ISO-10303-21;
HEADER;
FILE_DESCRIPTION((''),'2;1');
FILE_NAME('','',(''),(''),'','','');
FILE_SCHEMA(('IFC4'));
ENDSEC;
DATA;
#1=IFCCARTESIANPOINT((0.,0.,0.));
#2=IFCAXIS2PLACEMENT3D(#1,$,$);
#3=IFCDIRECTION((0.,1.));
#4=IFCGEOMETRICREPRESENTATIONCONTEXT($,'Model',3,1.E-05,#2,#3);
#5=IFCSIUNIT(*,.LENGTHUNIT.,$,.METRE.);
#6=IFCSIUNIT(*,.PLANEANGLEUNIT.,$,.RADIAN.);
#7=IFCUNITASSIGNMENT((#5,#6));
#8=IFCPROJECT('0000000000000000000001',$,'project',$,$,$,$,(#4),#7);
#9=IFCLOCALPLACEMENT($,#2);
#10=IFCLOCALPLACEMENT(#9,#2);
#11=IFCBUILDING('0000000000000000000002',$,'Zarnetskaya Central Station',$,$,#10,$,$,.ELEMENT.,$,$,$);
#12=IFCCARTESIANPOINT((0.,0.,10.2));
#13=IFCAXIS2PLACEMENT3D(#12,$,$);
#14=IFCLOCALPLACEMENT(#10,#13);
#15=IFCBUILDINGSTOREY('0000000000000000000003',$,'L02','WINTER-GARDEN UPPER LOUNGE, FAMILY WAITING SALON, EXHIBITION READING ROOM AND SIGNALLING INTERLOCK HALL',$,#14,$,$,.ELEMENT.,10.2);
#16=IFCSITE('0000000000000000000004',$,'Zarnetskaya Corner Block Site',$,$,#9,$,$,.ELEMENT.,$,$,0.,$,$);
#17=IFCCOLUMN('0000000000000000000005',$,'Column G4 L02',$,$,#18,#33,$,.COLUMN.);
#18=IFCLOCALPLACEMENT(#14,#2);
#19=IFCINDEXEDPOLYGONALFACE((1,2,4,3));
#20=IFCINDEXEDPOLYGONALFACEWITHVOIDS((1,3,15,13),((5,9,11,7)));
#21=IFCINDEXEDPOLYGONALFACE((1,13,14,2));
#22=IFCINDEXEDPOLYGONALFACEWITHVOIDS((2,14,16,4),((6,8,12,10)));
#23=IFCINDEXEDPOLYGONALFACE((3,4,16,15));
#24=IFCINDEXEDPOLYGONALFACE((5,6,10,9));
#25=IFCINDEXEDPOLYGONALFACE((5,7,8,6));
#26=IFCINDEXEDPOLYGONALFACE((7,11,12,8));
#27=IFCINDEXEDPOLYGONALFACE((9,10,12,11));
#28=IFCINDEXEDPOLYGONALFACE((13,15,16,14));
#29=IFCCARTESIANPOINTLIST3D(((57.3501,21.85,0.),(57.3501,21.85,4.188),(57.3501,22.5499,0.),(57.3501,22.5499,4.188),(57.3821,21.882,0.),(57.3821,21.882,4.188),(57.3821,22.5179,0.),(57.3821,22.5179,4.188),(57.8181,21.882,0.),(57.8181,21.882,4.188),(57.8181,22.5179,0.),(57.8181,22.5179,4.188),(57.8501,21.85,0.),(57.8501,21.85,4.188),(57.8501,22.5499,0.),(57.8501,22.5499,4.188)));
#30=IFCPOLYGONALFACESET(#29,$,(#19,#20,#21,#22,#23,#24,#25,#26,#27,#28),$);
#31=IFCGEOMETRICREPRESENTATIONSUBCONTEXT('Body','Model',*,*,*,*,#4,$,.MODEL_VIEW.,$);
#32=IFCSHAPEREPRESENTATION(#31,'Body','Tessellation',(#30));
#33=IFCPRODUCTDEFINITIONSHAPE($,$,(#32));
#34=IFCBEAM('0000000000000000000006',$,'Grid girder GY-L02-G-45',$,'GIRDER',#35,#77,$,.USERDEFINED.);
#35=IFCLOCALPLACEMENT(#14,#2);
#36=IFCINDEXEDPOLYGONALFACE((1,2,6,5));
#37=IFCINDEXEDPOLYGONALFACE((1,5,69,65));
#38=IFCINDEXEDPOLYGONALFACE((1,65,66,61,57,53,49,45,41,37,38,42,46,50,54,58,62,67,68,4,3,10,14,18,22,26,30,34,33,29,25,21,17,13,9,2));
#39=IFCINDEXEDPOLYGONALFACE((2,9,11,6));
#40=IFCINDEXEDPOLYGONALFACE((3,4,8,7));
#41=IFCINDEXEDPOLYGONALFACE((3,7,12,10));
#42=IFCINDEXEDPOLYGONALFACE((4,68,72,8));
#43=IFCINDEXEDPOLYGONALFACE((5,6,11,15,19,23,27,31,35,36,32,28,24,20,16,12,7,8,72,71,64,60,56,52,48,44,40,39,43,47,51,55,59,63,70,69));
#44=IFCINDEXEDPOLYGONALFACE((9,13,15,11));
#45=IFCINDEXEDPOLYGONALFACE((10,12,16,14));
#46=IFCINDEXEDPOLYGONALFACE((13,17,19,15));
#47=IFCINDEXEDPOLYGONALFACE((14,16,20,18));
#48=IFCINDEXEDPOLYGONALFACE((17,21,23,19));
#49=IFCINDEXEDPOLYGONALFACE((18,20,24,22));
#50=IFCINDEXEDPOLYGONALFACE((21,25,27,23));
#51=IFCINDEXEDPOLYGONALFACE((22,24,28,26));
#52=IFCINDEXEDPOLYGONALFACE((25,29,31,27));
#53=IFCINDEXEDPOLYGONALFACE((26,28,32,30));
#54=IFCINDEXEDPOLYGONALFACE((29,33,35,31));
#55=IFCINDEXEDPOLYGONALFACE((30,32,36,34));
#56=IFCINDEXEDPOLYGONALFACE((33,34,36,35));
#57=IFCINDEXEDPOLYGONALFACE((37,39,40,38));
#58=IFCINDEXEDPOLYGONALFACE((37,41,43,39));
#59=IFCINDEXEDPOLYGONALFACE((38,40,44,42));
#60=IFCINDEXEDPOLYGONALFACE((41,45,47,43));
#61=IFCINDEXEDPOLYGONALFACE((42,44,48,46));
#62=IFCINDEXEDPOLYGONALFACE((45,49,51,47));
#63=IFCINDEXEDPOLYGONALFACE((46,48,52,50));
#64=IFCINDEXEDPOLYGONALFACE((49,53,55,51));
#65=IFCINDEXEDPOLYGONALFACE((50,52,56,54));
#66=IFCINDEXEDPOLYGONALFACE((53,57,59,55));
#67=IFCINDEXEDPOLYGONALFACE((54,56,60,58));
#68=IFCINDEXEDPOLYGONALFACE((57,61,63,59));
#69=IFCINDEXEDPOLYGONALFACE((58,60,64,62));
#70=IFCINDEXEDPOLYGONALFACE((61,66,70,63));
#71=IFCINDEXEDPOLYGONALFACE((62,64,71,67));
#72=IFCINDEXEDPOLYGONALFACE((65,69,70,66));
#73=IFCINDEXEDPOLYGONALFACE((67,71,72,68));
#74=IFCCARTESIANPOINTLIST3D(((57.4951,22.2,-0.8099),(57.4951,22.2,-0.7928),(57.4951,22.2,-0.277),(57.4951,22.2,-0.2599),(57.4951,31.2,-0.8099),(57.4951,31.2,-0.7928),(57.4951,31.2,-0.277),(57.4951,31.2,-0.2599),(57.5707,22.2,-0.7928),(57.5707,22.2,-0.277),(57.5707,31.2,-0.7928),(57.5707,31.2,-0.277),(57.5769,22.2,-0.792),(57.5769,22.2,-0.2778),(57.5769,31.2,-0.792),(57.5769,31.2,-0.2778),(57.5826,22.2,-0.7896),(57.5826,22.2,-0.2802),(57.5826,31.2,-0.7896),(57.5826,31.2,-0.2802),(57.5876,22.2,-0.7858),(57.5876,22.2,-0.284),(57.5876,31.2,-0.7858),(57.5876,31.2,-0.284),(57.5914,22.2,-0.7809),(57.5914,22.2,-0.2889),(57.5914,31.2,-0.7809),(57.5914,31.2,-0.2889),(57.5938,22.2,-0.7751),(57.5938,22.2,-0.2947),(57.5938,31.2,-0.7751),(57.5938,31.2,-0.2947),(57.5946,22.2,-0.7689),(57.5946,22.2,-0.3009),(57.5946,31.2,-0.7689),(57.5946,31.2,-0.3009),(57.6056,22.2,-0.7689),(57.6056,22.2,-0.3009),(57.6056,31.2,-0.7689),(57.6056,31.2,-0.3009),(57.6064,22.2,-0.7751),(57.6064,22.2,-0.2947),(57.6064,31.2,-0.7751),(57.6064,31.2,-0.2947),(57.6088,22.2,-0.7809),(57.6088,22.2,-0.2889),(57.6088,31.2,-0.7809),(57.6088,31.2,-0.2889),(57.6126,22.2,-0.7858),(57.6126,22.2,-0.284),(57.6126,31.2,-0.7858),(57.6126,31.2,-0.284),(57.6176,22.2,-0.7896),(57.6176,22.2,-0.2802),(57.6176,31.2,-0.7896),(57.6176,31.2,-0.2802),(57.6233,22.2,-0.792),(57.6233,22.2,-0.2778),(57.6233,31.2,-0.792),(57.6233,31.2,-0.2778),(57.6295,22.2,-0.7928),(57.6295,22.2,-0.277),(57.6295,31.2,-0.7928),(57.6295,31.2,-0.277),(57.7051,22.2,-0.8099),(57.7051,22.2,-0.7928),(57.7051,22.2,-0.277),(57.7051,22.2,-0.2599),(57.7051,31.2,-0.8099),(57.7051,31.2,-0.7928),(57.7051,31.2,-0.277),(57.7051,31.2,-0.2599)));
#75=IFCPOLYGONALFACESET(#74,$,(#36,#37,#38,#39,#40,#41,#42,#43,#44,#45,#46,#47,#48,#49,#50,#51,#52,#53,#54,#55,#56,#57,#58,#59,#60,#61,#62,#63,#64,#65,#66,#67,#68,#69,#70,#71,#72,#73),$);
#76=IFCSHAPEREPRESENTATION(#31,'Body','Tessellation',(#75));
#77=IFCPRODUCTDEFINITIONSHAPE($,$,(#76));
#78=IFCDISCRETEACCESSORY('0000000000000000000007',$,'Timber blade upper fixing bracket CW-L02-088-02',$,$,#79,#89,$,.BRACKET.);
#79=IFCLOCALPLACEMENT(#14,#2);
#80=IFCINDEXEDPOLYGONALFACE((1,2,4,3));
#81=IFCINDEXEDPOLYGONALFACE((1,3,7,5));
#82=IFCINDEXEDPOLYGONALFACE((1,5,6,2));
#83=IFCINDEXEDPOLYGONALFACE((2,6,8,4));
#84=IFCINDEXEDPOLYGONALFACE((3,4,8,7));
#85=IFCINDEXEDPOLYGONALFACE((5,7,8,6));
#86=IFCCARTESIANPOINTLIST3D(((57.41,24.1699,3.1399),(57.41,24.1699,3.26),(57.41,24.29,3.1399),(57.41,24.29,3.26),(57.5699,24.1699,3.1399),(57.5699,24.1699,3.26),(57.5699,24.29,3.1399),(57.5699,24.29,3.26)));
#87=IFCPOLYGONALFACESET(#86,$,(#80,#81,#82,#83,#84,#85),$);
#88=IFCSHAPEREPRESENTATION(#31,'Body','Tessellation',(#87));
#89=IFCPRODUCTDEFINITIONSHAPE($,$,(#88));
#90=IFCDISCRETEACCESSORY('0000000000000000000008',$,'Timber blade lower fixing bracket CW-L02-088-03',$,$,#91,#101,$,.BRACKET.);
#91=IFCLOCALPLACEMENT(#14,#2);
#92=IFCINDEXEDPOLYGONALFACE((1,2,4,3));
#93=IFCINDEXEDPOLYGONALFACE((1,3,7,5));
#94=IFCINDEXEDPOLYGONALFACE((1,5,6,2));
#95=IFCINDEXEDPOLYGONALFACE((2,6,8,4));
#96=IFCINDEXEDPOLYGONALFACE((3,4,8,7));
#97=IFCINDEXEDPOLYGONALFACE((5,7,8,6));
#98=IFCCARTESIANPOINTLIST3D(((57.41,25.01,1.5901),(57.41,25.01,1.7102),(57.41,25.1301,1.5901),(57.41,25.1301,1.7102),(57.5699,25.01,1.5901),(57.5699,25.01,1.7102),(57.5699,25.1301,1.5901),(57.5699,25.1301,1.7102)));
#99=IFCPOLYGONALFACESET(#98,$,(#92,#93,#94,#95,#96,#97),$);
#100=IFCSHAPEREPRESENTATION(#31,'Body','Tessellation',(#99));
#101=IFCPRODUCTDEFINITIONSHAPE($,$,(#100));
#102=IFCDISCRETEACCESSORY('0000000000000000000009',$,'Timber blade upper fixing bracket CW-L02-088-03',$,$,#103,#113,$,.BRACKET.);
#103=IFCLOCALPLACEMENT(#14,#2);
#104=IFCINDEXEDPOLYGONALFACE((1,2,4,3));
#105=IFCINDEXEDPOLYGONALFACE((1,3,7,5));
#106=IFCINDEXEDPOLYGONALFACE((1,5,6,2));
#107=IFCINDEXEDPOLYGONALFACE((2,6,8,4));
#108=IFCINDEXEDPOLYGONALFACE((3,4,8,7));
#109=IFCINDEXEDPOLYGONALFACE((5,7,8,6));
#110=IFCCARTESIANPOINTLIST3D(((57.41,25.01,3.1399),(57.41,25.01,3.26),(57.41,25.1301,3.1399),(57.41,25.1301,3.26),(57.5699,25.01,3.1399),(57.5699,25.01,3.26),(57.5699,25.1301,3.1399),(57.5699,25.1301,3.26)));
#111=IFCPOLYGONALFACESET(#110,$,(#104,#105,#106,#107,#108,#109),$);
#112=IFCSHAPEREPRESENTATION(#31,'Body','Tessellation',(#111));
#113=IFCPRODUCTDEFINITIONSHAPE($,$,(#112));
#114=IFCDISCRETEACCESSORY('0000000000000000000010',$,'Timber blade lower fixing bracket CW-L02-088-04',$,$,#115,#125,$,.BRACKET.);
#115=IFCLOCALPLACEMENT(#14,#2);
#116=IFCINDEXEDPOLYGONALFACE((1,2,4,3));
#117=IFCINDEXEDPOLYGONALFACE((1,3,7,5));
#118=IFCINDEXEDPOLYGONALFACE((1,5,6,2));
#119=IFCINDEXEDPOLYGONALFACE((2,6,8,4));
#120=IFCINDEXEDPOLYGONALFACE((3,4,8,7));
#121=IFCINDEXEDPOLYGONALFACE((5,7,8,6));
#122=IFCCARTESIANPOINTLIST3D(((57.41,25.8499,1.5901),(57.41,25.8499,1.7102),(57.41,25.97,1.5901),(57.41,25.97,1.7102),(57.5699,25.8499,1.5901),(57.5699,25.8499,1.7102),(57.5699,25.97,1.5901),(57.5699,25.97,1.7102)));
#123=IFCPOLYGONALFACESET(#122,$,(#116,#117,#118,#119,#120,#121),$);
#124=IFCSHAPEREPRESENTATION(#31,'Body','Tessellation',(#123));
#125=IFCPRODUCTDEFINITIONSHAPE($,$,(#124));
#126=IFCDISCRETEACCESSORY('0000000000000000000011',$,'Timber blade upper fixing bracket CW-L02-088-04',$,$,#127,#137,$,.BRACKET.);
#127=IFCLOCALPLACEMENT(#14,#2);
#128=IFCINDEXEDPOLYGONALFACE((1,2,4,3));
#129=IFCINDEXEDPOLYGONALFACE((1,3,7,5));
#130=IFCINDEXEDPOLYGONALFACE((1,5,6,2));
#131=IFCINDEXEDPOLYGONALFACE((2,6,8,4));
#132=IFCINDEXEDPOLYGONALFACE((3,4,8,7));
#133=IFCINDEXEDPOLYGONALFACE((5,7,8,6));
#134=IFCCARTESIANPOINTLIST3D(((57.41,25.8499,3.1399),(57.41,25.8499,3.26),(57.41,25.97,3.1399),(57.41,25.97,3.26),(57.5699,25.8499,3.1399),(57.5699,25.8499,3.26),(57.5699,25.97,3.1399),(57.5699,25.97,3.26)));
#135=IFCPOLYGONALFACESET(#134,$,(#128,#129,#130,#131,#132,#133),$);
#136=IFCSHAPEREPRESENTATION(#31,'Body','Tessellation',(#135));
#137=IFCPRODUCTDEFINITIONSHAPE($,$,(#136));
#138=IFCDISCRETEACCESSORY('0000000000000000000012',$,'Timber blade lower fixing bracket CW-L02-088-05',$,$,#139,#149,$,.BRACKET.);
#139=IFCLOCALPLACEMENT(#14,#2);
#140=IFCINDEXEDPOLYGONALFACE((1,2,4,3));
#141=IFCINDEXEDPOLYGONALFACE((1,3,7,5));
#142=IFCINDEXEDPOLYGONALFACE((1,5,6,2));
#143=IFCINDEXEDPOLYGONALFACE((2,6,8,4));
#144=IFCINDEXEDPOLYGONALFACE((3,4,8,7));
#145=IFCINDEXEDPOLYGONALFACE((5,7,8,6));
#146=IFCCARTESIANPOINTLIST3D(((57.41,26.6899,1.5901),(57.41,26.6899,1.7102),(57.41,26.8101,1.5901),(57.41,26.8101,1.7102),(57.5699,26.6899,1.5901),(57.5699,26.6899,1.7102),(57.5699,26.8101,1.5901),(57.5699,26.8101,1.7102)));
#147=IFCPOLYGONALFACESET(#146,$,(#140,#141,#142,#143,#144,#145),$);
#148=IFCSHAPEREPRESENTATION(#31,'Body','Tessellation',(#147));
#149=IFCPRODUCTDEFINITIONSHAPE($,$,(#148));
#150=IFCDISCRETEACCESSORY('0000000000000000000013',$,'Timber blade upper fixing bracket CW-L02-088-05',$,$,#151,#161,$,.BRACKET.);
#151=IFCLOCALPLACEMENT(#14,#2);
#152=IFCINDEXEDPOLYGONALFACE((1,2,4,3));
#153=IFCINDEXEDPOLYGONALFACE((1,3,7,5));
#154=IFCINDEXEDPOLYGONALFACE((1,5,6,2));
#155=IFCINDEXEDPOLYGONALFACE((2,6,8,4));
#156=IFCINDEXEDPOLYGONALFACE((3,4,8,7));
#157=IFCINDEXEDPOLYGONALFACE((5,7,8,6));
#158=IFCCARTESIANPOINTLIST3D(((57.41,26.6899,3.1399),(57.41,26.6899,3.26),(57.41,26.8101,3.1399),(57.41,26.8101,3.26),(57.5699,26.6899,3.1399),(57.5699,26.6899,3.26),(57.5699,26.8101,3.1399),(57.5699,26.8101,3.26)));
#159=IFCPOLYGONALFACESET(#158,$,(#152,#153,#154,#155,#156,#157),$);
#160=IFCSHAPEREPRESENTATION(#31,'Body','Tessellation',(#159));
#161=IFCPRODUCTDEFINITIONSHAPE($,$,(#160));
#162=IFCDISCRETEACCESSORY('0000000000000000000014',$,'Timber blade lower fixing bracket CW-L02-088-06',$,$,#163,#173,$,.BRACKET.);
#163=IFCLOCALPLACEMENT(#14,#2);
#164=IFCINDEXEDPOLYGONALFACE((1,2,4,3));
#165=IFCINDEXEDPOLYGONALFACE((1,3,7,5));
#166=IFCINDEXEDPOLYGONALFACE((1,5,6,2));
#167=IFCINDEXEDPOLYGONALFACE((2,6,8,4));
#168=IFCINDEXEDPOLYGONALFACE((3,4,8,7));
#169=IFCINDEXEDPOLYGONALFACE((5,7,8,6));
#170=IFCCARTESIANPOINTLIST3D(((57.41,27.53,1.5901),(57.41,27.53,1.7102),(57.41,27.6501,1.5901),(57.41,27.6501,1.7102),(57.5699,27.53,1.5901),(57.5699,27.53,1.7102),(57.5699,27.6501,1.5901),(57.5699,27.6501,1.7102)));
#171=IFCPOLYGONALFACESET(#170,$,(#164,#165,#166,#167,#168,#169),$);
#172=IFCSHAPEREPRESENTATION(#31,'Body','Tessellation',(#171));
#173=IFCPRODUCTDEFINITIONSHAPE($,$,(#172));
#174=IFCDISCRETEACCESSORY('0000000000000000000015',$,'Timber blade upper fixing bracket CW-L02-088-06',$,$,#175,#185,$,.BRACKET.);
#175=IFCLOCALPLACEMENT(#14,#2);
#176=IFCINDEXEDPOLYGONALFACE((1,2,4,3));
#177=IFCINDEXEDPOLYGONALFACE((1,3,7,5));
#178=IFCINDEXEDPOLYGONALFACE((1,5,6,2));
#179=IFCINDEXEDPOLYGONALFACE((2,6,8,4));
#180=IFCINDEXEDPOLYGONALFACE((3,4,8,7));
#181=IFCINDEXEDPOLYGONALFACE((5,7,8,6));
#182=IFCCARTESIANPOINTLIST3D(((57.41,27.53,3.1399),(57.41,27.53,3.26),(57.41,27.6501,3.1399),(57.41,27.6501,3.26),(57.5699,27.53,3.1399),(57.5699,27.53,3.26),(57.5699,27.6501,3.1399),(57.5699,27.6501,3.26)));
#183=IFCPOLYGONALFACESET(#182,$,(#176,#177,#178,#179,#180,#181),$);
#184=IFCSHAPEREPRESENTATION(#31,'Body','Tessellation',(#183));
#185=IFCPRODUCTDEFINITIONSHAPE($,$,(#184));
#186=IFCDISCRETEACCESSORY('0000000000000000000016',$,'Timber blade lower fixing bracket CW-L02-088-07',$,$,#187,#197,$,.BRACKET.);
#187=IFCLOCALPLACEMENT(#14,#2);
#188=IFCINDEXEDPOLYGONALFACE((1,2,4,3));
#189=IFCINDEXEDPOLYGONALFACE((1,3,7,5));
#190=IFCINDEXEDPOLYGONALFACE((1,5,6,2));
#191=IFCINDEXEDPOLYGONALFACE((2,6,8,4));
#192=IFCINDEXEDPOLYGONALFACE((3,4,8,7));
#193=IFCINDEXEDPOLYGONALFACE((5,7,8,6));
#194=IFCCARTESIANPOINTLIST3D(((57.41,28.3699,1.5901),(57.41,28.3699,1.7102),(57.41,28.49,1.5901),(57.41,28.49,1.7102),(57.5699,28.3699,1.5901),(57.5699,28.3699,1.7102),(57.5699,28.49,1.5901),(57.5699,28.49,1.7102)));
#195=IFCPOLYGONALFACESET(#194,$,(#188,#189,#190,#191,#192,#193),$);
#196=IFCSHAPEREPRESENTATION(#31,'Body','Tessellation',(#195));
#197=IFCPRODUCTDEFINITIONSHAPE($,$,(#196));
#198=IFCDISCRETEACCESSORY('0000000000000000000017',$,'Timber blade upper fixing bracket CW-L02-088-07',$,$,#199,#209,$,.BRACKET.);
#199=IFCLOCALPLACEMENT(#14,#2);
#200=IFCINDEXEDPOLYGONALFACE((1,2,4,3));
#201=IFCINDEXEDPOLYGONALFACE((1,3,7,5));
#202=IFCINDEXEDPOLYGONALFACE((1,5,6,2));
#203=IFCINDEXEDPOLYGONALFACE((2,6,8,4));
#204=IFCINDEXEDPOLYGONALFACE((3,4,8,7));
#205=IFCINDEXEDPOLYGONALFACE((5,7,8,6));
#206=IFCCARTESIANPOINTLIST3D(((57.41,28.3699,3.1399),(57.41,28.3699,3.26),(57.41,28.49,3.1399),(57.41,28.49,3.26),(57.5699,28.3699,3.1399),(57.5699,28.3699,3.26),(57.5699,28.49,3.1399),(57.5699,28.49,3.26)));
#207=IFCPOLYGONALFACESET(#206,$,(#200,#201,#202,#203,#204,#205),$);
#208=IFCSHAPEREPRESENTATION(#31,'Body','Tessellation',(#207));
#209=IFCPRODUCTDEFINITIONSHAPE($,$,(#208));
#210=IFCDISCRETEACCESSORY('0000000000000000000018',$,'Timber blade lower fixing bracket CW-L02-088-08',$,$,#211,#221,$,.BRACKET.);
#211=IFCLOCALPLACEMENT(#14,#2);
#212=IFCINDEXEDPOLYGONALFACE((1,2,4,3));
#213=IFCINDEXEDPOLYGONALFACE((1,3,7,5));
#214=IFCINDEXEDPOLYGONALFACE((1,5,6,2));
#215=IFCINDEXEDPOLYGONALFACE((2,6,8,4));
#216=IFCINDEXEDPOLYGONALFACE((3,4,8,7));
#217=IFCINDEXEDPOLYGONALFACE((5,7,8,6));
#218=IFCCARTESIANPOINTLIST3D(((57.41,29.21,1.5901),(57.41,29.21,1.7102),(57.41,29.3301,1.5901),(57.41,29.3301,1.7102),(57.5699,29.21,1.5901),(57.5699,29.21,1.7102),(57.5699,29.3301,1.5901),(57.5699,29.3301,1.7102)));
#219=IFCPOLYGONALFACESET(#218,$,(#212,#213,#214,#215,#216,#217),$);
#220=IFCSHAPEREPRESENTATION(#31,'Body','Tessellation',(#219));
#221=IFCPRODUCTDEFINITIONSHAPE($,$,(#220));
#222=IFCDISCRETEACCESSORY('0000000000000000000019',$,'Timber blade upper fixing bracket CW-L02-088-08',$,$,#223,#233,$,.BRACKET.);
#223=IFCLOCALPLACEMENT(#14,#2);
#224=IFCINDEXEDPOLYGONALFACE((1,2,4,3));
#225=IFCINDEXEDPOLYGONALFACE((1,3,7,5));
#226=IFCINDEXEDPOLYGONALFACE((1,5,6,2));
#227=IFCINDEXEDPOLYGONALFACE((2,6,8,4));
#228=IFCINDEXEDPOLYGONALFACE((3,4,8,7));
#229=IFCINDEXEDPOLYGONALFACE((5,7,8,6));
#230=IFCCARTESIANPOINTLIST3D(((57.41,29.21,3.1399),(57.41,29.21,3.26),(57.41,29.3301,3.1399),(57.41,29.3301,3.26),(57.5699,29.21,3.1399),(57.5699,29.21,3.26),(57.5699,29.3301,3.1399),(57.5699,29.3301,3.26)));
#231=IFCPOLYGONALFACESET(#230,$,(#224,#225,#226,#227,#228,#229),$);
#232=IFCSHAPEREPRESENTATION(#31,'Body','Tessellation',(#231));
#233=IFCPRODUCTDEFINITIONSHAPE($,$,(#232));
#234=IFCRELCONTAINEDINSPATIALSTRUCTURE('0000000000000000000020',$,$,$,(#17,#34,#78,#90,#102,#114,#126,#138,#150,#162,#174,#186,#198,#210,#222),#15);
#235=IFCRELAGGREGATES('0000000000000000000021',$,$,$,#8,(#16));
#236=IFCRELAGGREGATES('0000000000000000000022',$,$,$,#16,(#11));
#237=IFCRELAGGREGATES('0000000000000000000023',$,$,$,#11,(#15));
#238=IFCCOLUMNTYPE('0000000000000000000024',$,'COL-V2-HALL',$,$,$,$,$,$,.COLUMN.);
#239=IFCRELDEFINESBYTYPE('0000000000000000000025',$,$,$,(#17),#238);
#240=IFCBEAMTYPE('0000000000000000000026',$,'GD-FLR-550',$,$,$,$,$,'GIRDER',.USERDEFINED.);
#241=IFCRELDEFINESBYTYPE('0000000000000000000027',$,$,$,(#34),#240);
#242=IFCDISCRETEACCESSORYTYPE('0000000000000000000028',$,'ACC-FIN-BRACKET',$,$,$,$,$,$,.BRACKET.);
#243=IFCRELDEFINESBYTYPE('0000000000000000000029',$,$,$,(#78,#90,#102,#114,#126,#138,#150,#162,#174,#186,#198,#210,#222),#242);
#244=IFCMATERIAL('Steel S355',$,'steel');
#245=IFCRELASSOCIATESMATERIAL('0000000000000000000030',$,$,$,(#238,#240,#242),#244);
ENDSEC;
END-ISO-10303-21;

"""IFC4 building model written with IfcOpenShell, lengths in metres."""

from ifc_helpers import new_model, si_unit, direction, frame, origin, origin_2d, place, context, subcontext, project, spatial, rectangle, hollow_rectangle, i_section, extrude, material, material_profile, profile_set, type_object, element, save


model = new_model("IFC4")

# Units and contexts
model_context = context("Model", 3, precision=1e-05, world=origin(), true_north=direction((0.0, 1.0)))
body_context = subcontext(model_context, "Body", "Model", "MODEL_VIEW")
ifc_project = project(units=[si_unit("LENGTHUNIT", "METRE"), si_unit("PLANEANGLEUNIT", "RADIAN")], contexts=[model_context])

# Site, building, storey
site_placement = place(None, origin())
site = spatial("IfcSite", under=ifc_project, at=site_placement, Name="Zarnetskaya Corner Block Site", CompositionType="ELEMENT", RefElevation=0.0)
building_placement = place(site_placement, origin())
building = spatial("IfcBuilding", under=site, at=building_placement, Name="Zarnetskaya Central Station", CompositionType="ELEMENT")
storey_placement = place(building_placement, frame((0.0, 0.0, 10.2)))
storey = spatial("IfcBuildingStorey", under=building, at=storey_placement, Name="L02", Description="WINTER-GARDEN UPPER LOUNGE, FAMILY WAITING SALON, EXHIBITION READING ROOM AND SIGNALLING INTERLOCK HALL", CompositionType="ELEMENT", Elevation=10.2)

# Column
ifc_material = material(Name="Steel S355", Category="steel")
ifc_material_profile_1 = material_profile(ifc_material, hollow_rectangle(XDim=0.5, YDim=0.7, WallThickness=0.032, at=origin_2d()), Name="BOX 700x500x32")
ifc_profile_set_1 = profile_set([ifc_material_profile_1], Name="Steel S355")
column_type = type_object("IfcColumnType", Name="COL-V2-HALL", PredefinedType="COLUMN", material=ifc_profile_set_1)
column_placement = place(storey_placement, frame((57.6001, 22.2, 0.0), z_axis=(0.0, 0.0, 1.0), x_axis=(1.0, 0.0, 0.0)))
element("IfcColumn", 1, at=column_placement, inside=storey, type_object=column_type, Name="Column G4 L02", PredefinedType="COLUMN", context=body_context, shape_type="SweptSolid", body=[
    extrude(hollow_rectangle(XDim=0.5, YDim=0.7, WallThickness=0.032, at=origin_2d()), origin(), (0.0, 0.0, 1.0), 4.188),
])

# Beam
ifc_material_profile_2 = material_profile(ifc_material, i_section(OverallWidth=0.21, OverallDepth=0.55, WebThickness=0.011, FlangeThickness=0.0171, FilletRadius=0.0239, at=origin_2d()), Name="IPE 550")
ifc_profile_set_2 = profile_set([ifc_material_profile_2], Name="Steel S355")
beam_type = type_object("IfcBeamType", Name="GD-FLR-550", ElementType="GIRDER", PredefinedType="USERDEFINED", material=ifc_profile_set_2)
beam_placement = place(storey_placement, frame((57.6001, 22.2, -0.5349), z_axis=(0.0, 1.0, 0.0), x_axis=(-1.0, 0.0, 0.0)))
element("IfcBeam", 2, at=beam_placement, inside=storey, type_object=beam_type, Name="Grid girder GY-L02-G-45", ObjectType="GIRDER", PredefinedType="USERDEFINED", context=body_context, shape_type="SweptSolid", body=[
    extrude(i_section(OverallWidth=0.21, OverallDepth=0.55, WebThickness=0.011, FlangeThickness=0.0171, FilletRadius=0.0239, at=origin_2d()), origin(), (0.0, 0.0, 1.0), 9.0),
])

# Discrete accessories
discrete_accessory_type = type_object("IfcDiscreteAccessoryType", Name="ACC-FIN-BRACKET", PredefinedType="BRACKET", material=ifc_material)
for number, where, z_axis, x_axis, name in (
    (3, (57.49, 24.23, 3.1399), (0.0, 0.0, 1.0), (0.0, 1.0, 0.0), "Timber blade upper fixing bracket CW-L02-088-02"),
    (4, (57.49, 25.0701, 1.5901), (0.0, 0.0, 1.0), (0.0, 1.0, 0.0), "Timber blade lower fixing bracket CW-L02-088-03"),
    (5, (57.49, 25.0701, 3.1399), (0.0, 0.0, 1.0), (0.0, 1.0, 0.0), "Timber blade upper fixing bracket CW-L02-088-03"),
    (6, (57.49, 25.9099, 1.5901), (0.0, 0.0, 1.0), (0.0, 1.0, 0.0), "Timber blade lower fixing bracket CW-L02-088-04"),
    (7, (57.49, 25.9099, 3.1399), (0.0, 0.0, 1.0), (0.0, 1.0, 0.0), "Timber blade upper fixing bracket CW-L02-088-04"),
    (8, (57.49, 26.75, 1.5901), (0.0, 0.0, 1.0), (0.0, 1.0, 0.0), "Timber blade lower fixing bracket CW-L02-088-05"),
    (9, (57.49, 26.75, 3.1399), (0.0, 0.0, 1.0), (0.0, 1.0, 0.0), "Timber blade upper fixing bracket CW-L02-088-05"),
    (10, (57.49, 27.5901, 1.5901), (0.0, 0.0, 1.0), (0.0, 1.0, 0.0), "Timber blade lower fixing bracket CW-L02-088-06"),
    (11, (57.49, 27.5901, 3.1399), (0.0, 0.0, 1.0), (0.0, 1.0, 0.0), "Timber blade upper fixing bracket CW-L02-088-06"),
    (12, (57.49, 28.4299, 1.5901), (0.0, 0.0, 1.0), (0.0, 1.0, 0.0), "Timber blade lower fixing bracket CW-L02-088-07"),
    (13, (57.49, 28.4299, 3.1399), (0.0, 0.0, 1.0), (0.0, 1.0, 0.0), "Timber blade upper fixing bracket CW-L02-088-07"),
    (14, (57.49, 29.27, 1.5901), (0.0, 0.0, 1.0), (0.0, 1.0, 0.0), "Timber blade lower fixing bracket CW-L02-088-08"),
    (15, (57.49, 29.27, 3.1399), (0.0, 0.0, 1.0), (0.0, 1.0, 0.0), "Timber blade upper fixing bracket CW-L02-088-08"),
):
    element("IfcDiscreteAccessory", number, at=place(storey_placement, frame(where, z_axis=z_axis, x_axis=x_axis)), inside=storey, type_object=discrete_accessory_type, Name=name, PredefinedType="BRACKET", context=body_context, shape_type="SweptSolid", body=[
        extrude(rectangle(XDim=0.1201, YDim=0.1599, at=origin_2d()), origin(), (0.0, 0.0, 1.0), 0.1201),
    ])

save(model, "model.ifc")
